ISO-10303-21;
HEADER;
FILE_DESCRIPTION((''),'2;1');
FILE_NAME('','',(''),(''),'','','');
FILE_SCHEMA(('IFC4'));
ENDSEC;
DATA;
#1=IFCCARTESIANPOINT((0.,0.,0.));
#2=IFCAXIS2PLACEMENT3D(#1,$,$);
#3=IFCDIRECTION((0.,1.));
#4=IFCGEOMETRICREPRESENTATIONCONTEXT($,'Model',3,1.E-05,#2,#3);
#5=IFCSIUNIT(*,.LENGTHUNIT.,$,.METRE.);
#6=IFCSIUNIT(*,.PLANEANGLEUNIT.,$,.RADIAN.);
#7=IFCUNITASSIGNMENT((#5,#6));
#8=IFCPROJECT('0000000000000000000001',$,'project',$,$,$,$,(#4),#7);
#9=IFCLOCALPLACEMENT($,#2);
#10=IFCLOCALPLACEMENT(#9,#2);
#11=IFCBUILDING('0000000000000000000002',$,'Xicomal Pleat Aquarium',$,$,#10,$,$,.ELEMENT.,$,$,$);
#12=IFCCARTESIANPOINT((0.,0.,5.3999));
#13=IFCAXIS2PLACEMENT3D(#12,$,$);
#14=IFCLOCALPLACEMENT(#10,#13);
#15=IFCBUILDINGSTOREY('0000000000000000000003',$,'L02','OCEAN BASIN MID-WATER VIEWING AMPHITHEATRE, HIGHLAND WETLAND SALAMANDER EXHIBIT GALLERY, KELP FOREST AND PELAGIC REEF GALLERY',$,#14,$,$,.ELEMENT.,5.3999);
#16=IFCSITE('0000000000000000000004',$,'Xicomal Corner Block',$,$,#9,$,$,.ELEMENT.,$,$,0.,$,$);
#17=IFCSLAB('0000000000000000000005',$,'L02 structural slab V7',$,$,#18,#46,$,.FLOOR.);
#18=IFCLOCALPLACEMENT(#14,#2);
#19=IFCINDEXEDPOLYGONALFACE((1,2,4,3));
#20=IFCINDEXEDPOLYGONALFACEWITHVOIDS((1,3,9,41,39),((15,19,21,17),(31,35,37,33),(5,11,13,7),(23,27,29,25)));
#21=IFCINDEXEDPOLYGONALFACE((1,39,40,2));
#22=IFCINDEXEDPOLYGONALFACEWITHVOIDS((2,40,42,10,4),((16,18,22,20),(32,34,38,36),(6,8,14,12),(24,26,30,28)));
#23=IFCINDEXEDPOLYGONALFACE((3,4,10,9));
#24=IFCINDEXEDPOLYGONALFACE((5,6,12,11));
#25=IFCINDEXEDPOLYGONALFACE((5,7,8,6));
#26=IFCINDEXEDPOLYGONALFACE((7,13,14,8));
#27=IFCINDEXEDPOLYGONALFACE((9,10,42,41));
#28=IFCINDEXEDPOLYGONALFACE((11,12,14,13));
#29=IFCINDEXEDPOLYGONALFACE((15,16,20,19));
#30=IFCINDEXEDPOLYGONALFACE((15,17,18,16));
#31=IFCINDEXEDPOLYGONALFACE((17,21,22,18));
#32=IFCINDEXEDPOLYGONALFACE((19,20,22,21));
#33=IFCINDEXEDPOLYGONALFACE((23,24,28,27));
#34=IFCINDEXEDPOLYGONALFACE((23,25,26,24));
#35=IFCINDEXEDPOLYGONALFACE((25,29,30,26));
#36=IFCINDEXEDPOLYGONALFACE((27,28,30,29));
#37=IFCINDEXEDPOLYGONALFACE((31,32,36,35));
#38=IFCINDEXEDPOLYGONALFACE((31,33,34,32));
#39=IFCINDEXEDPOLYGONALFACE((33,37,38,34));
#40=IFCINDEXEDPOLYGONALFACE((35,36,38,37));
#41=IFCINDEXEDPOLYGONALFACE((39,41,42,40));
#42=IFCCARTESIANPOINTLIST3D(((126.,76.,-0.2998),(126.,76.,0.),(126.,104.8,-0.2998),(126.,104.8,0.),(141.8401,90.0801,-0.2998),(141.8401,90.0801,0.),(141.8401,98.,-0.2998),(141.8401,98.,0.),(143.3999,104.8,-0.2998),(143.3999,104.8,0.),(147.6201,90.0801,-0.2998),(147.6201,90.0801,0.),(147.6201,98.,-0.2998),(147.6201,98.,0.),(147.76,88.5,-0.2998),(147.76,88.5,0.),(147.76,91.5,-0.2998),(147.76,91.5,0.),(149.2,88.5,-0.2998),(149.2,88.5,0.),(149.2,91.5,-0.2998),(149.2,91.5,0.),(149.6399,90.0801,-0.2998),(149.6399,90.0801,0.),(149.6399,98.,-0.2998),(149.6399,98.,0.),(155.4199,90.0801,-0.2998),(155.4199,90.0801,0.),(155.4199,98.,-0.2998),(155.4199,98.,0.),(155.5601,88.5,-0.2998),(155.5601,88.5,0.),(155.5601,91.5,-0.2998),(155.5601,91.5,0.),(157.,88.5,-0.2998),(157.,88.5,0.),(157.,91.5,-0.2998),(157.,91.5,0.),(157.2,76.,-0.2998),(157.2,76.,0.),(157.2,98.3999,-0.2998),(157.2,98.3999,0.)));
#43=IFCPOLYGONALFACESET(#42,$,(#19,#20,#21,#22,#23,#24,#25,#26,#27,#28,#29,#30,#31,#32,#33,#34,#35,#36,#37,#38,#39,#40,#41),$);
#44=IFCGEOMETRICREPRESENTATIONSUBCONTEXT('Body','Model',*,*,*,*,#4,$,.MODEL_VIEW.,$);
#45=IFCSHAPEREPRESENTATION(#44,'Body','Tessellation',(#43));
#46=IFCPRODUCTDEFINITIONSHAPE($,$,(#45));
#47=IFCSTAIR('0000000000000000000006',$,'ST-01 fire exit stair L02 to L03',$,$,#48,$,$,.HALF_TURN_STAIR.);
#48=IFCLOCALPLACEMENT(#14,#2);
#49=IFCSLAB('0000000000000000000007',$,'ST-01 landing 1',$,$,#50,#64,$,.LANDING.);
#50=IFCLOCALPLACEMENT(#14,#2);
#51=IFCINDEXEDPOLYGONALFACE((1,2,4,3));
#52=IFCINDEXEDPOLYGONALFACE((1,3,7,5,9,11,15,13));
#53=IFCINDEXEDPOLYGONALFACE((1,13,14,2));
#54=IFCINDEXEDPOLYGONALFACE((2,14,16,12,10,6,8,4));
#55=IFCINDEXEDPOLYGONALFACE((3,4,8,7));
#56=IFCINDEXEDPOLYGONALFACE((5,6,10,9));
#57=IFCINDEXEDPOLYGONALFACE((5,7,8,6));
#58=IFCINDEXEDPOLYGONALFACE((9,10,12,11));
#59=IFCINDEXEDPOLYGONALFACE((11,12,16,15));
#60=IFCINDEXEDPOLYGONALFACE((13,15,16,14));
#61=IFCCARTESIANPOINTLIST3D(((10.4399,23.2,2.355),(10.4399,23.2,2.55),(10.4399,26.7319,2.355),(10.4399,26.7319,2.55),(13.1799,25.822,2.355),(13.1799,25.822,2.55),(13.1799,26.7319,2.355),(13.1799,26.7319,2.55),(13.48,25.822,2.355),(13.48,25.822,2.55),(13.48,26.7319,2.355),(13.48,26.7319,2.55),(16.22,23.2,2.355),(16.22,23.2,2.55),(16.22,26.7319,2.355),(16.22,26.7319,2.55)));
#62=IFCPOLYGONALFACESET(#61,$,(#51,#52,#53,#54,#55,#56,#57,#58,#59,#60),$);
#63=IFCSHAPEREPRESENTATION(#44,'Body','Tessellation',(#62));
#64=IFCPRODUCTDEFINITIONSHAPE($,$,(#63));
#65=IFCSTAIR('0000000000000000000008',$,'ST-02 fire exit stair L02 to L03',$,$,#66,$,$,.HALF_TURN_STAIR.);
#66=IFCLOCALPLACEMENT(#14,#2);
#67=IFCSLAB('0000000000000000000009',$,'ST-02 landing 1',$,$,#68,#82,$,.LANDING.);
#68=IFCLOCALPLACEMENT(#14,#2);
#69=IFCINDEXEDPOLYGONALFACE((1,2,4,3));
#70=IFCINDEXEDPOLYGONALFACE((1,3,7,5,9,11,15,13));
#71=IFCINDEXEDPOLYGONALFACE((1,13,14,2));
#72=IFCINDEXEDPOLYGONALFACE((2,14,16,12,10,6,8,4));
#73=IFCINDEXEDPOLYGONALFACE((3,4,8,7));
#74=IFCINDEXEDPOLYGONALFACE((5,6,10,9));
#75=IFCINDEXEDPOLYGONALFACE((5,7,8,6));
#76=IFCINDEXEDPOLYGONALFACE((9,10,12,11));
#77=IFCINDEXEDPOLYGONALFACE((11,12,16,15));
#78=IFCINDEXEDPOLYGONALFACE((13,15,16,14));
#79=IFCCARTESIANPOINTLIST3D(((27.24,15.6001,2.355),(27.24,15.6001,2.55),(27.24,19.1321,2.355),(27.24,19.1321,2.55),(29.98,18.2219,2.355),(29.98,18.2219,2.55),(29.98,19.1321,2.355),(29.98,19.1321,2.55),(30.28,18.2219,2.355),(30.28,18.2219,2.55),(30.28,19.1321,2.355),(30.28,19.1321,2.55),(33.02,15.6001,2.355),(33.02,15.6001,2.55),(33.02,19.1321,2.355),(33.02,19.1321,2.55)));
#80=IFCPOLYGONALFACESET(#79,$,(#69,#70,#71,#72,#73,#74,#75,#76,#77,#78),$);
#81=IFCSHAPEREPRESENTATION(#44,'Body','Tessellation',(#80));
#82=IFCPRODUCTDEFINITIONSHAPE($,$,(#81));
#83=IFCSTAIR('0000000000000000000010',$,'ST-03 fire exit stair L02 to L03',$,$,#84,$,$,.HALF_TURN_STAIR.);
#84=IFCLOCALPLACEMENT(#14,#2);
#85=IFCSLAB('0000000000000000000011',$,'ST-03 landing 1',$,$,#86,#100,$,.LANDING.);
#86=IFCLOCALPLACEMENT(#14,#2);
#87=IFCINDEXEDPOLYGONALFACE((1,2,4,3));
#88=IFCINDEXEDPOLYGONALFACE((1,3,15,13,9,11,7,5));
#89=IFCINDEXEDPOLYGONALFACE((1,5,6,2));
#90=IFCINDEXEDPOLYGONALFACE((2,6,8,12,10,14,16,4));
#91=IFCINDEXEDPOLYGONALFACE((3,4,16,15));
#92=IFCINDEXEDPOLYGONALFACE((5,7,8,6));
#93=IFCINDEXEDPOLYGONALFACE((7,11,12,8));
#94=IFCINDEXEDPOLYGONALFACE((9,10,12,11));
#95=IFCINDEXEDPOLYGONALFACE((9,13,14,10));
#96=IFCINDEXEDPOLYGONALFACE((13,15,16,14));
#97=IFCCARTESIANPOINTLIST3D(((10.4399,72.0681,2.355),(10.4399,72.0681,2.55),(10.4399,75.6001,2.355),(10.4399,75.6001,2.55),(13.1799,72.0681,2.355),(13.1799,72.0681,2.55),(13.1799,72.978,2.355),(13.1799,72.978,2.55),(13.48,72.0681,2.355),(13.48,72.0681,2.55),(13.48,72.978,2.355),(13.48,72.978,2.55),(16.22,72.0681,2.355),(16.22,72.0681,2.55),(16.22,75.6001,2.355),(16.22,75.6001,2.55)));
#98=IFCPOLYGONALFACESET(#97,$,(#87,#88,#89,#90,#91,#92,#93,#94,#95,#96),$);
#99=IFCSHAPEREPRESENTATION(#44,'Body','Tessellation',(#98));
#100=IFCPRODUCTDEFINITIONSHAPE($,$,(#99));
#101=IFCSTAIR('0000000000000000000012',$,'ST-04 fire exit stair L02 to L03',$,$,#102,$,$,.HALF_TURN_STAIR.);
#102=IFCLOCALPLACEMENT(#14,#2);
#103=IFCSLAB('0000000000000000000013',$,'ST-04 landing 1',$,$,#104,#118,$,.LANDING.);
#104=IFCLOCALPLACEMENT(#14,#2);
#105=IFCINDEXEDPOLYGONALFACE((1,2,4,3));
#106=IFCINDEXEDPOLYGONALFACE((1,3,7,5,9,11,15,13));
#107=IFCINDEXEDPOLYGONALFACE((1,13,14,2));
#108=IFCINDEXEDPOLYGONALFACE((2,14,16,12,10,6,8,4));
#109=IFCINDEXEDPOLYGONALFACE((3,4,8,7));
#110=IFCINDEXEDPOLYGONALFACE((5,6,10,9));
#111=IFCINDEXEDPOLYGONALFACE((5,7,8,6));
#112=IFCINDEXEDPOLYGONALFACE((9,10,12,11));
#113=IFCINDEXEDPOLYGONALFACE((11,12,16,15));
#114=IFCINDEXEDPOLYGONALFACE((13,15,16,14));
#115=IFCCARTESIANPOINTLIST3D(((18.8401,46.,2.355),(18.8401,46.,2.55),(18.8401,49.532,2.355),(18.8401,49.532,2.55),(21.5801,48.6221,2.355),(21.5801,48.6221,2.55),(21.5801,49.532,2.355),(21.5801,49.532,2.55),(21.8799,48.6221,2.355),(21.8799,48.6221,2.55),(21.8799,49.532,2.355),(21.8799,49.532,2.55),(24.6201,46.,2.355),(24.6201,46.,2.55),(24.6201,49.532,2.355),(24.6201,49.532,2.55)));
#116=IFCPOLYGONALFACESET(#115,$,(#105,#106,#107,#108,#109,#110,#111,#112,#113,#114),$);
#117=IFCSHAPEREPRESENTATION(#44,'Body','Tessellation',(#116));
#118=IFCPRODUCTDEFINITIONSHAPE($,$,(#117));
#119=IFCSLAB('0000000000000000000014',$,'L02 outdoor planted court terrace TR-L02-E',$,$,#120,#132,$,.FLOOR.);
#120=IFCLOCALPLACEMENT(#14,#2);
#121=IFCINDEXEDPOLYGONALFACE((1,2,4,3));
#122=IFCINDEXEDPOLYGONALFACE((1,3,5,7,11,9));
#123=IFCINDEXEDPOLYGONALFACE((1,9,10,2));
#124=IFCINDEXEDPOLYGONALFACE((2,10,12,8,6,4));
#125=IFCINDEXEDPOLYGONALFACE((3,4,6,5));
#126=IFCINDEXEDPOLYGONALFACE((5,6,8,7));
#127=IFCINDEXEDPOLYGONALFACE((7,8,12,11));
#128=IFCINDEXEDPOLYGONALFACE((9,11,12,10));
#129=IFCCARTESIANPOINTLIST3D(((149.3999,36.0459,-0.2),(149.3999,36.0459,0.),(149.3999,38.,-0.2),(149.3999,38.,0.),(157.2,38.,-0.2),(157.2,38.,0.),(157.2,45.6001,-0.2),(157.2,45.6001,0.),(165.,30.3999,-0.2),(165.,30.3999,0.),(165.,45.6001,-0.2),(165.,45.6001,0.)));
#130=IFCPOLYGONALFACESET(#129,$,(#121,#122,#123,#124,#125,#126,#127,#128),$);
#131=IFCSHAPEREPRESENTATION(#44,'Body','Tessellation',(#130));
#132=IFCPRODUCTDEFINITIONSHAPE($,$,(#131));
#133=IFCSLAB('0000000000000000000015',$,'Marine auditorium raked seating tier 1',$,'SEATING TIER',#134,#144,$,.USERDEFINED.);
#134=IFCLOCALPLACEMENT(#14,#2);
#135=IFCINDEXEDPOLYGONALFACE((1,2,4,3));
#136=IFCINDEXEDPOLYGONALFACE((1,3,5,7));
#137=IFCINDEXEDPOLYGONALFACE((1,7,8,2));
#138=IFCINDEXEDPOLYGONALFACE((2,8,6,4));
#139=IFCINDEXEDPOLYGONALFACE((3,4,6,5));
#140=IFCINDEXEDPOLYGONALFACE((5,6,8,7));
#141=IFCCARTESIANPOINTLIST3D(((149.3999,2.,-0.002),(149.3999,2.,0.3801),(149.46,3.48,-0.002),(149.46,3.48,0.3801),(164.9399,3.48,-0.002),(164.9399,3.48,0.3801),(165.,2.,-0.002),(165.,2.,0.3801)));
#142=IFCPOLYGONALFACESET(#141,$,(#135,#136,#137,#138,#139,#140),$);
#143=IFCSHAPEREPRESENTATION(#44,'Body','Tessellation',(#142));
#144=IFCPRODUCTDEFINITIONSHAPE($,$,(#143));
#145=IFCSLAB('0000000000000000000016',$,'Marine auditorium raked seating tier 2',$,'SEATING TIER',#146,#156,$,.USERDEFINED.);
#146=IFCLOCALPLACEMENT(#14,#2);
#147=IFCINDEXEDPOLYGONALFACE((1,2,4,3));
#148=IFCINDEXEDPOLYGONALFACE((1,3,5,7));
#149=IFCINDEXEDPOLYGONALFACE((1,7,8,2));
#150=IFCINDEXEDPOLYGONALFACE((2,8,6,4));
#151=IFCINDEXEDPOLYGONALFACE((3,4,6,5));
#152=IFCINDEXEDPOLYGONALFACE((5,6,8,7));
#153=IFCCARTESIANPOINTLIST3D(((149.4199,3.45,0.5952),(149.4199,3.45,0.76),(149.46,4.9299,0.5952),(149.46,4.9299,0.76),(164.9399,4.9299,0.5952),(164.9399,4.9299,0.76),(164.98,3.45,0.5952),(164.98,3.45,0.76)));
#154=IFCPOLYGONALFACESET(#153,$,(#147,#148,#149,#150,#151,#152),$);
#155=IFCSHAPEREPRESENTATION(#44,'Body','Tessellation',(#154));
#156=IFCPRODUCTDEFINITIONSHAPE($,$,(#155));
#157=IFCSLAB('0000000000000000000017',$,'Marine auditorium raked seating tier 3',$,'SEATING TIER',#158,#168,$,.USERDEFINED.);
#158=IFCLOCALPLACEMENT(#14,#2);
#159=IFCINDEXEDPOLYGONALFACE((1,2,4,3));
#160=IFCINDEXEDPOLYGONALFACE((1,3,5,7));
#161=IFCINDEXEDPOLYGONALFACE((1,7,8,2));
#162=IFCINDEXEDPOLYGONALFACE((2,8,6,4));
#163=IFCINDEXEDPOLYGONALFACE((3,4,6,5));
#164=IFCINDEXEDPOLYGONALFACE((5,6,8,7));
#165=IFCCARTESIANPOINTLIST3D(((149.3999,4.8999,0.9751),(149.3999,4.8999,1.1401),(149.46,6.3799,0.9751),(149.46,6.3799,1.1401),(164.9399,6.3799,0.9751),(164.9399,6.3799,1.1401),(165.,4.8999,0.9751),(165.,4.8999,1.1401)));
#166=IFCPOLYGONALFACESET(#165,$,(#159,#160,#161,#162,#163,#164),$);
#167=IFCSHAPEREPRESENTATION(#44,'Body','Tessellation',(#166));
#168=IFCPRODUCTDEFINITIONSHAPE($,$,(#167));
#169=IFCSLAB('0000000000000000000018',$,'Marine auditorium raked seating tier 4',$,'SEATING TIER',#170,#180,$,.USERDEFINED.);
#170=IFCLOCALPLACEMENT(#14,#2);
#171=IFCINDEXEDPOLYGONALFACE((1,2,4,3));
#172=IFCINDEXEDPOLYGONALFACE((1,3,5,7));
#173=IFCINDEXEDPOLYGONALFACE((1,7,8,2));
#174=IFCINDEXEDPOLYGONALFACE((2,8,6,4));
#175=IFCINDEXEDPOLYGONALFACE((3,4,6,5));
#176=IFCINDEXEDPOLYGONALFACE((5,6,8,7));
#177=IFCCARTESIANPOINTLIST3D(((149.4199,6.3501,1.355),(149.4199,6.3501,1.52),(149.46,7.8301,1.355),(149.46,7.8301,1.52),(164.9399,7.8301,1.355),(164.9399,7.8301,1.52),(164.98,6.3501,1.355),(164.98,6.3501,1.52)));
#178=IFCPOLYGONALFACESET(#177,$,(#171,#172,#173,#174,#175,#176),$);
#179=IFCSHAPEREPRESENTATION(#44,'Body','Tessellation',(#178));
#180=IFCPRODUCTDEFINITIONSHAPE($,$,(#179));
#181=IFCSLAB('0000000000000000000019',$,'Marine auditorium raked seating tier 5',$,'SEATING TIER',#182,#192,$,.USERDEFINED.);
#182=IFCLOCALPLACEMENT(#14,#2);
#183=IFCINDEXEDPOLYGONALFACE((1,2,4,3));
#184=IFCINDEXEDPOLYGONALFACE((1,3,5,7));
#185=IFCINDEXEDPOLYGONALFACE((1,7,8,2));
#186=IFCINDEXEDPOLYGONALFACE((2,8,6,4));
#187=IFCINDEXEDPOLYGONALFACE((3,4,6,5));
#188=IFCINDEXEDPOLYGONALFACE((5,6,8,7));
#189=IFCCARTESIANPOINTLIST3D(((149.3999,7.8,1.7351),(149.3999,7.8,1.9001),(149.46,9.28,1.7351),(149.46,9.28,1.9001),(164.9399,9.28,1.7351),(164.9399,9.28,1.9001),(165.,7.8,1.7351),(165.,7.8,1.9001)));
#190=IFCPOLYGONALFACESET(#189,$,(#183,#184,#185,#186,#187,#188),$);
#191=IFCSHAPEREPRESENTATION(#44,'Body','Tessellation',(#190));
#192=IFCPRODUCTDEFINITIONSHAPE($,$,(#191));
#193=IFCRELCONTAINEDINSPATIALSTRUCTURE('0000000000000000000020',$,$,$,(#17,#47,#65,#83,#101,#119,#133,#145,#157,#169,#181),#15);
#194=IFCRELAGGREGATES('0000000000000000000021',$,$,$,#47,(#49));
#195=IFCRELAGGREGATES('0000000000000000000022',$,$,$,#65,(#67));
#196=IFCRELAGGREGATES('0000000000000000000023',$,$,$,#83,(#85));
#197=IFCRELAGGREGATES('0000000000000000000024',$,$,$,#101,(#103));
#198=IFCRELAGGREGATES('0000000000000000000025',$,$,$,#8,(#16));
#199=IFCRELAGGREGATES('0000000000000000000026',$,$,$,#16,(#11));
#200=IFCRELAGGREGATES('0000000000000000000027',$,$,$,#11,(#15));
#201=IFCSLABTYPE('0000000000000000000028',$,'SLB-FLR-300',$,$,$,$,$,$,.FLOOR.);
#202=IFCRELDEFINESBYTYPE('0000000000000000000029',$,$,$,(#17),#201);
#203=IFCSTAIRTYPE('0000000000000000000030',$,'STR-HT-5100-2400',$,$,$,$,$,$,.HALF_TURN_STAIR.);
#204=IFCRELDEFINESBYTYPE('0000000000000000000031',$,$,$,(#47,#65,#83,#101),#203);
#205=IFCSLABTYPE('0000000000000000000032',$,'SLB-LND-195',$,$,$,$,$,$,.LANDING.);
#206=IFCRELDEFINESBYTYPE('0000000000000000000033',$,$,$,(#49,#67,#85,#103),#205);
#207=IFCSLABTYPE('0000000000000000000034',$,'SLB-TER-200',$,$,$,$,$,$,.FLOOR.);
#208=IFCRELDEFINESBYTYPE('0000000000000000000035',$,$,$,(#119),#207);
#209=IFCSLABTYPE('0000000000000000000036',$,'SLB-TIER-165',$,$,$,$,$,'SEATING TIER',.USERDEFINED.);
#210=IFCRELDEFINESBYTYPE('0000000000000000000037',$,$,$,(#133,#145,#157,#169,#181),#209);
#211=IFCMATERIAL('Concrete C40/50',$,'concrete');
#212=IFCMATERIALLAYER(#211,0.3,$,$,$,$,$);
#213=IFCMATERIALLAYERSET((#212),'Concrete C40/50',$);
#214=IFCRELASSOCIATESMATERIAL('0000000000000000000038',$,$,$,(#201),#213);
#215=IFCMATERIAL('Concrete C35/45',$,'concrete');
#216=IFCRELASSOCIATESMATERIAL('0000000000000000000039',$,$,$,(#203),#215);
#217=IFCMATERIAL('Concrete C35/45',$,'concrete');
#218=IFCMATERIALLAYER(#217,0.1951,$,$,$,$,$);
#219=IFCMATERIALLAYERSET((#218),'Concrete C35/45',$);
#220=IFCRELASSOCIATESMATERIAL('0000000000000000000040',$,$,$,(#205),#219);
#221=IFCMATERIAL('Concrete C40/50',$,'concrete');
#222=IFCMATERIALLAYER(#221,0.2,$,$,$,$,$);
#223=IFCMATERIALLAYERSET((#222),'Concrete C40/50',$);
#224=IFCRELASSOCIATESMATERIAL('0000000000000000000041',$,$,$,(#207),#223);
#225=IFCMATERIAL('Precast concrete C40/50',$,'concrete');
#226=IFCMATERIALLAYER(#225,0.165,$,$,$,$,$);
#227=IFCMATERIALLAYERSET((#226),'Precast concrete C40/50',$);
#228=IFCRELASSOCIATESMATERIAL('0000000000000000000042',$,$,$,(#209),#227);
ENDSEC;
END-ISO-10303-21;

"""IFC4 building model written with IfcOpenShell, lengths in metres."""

from ifc_helpers import new_model, si_unit, direction, frame, origin, place, context, subcontext, project, spatial, polyline, outline, extrude, material, layer, layer_set, type_object, element, aggregate, save


model = new_model("IFC4")

# Units and contexts
model_context = context("Model", 3, precision=1e-05, world=origin(), true_north=direction((0.0, 1.0)))
body_context = subcontext(model_context, "Body", "Model", "MODEL_VIEW")
ifc_project = project(units=[si_unit("LENGTHUNIT", "METRE"), si_unit("PLANEANGLEUNIT", "RADIAN")], contexts=[model_context])

# Site, building, storey
site_placement = place(None, origin())
site = spatial("IfcSite", under=ifc_project, at=site_placement, Name="Xicomal Corner Block", CompositionType="ELEMENT", RefElevation=0.0)
building_placement = place(site_placement, origin())
building = spatial("IfcBuilding", under=site, at=building_placement, Name="Xicomal Pleat Aquarium", CompositionType="ELEMENT")
storey_placement = place(building_placement, frame((0.0, 0.0, 5.3999)))
storey = spatial("IfcBuildingStorey", under=building, at=storey_placement, Name="L02", Description="OCEAN BASIN MID-WATER VIEWING AMPHITHEATRE, HIGHLAND WETLAND SALAMANDER EXHIBIT GALLERY, KELP FOREST AND PELAGIC REEF GALLERY", CompositionType="ELEMENT", Elevation=5.3999)

# Slab
ifc_material_1 = material(Name="Concrete C40/50", Category="concrete")
ifc_layer_1 = layer(ifc_material_1, 0.3)
ifc_layer_set_1 = layer_set([ifc_layer_1], Name="Concrete C40/50")
slab_type_1 = type_object("IfcSlabType", Name="SLB-FLR-300", PredefinedType="FLOOR", material=ifc_layer_set_1)
slab_1_placement = place(storey_placement, frame((0.0, 0.0, -0.2998)))
element("IfcSlab", 1, at=slab_1_placement, inside=storey, type_object=slab_type_1, Name="L02 structural slab V7", PredefinedType="FLOOR", context=body_context, shape_type="SweptSolid", body=[
    extrude(outline(polyline([(126.0, 104.8), (143.3999, 104.8), (157.2, 98.3999), (157.2, 76.0), (126.0, 76.0), (126.0, 104.8)]), holes=[polyline([(141.8401, 90.0801), (147.6201, 90.0801), (147.6201, 98.0), (141.8401, 98.0), (141.8401, 90.0801)]), polyline([(147.76, 88.5), (149.2, 88.5), (149.2, 91.5), (147.76, 91.5), (147.76, 88.5)]), polyline([(149.6399, 90.0801), (155.4199, 90.0801), (155.4199, 98.0), (149.6399, 98.0), (149.6399, 90.0801)]), polyline([(155.5601, 88.5), (157.0, 88.5), (157.0, 91.5), (155.5601, 91.5), (155.5601, 88.5)])]), origin(), (0.0, 0.0, 1.0), 0.2998),
])

# Stairs, slabs
ifc_material_2 = material(Name="Concrete C35/45", Category="concrete")
stair_type = type_object("IfcStairType", Name="STR-HT-5100-2400", PredefinedType="HALF_TURN_STAIR", material=ifc_material_2)
stair_1_placement = place(storey_placement, origin())
stair_1 = element("IfcStair", 2, at=stair_1_placement, inside=storey, type_object=stair_type, Name="ST-01 fire exit stair L02 to L03", PredefinedType="HALF_TURN_STAIR")
ifc_material_3 = material(Name="Concrete C35/45", Category="concrete")
ifc_layer_2 = layer(ifc_material_3, 0.1951)
ifc_layer_set_2 = layer_set([ifc_layer_2], Name="Concrete C35/45")
slab_type_2 = type_object("IfcSlabType", Name="SLB-LND-195", PredefinedType="LANDING", material=ifc_layer_set_2)
slab_2_placement = place(storey_placement, frame((0.0, 0.0, 2.355)))
slab_2 = element("IfcSlab", 3, at=slab_2_placement, type_object=slab_type_2, Name="ST-01 landing 1", PredefinedType="LANDING", context=body_context, shape_type="SweptSolid", body=[
    extrude(outline(polyline([(10.4399, 23.2), (16.22, 23.2), (16.22, 26.7319), (13.48, 26.7319), (13.48, 25.822), (13.1799, 25.822), (13.1799, 26.7319), (10.4399, 26.7319), (10.4399, 23.2)])), origin(), (0.0, 0.0, 1.0), 0.1951),
])
aggregate(stair_1, [slab_2])
stair_2_placement = place(storey_placement, origin())
stair_2 = element("IfcStair", 4, at=stair_2_placement, inside=storey, type_object=stair_type, Name="ST-02 fire exit stair L02 to L03", PredefinedType="HALF_TURN_STAIR")
slab_3_placement = place(storey_placement, frame((0.0, 0.0, 2.355)))
slab_3 = element("IfcSlab", 5, at=slab_3_placement, type_object=slab_type_2, Name="ST-02 landing 1", PredefinedType="LANDING", context=body_context, shape_type="SweptSolid", body=[
    extrude(outline(polyline([(27.24, 15.6001), (33.02, 15.6001), (33.02, 19.1321), (30.28, 19.1321), (30.28, 18.2219), (29.98, 18.2219), (29.98, 19.1321), (27.24, 19.1321), (27.24, 15.6001)])), origin(), (0.0, 0.0, 1.0), 0.1951),
])
aggregate(stair_2, [slab_3])
stair_3_placement = place(storey_placement, origin())
stair_3 = element("IfcStair", 6, at=stair_3_placement, inside=storey, type_object=stair_type, Name="ST-03 fire exit stair L02 to L03", PredefinedType="HALF_TURN_STAIR")
slab_4_placement = place(storey_placement, frame((0.0, 0.0, 2.355)))
slab_4 = element("IfcSlab", 7, at=slab_4_placement, type_object=slab_type_2, Name="ST-03 landing 1", PredefinedType="LANDING", context=body_context, shape_type="SweptSolid", body=[
    extrude(outline(polyline([(10.4399, 75.6001), (16.22, 75.6001), (16.22, 72.0681), (13.48, 72.0681), (13.48, 72.978), (13.1799, 72.978), (13.1799, 72.0681), (10.4399, 72.0681), (10.4399, 75.6001)])), origin(), (0.0, 0.0, 1.0), 0.1951),
])
aggregate(stair_3, [slab_4])
stair_4_placement = place(storey_placement, origin())
stair_4 = element("IfcStair", 8, at=stair_4_placement, inside=storey, type_object=stair_type, Name="ST-04 fire exit stair L02 to L03", PredefinedType="HALF_TURN_STAIR")
slab_5_placement = place(storey_placement, frame((0.0, 0.0, 2.355)))
slab_5 = element("IfcSlab", 9, at=slab_5_placement, type_object=slab_type_2, Name="ST-04 landing 1", PredefinedType="LANDING", context=body_context, shape_type="SweptSolid", body=[
    extrude(outline(polyline([(18.8401, 46.0), (24.6201, 46.0), (24.6201, 49.532), (21.8799, 49.532), (21.8799, 48.6221), (21.5801, 48.6221), (21.5801, 49.532), (18.8401, 49.532), (18.8401, 46.0)])), origin(), (0.0, 0.0, 1.0), 0.1951),
])
aggregate(stair_4, [slab_5])

# Slabs
ifc_material_4 = material(Name="Concrete C40/50", Category="concrete")
ifc_layer_3 = layer(ifc_material_4, 0.2)
ifc_layer_set_3 = layer_set([ifc_layer_3], Name="Concrete C40/50")
slab_type_3 = type_object("IfcSlabType", Name="SLB-TER-200", PredefinedType="FLOOR", material=ifc_layer_set_3)
slab_6_placement = place(storey_placement, frame((0.0, 0.0, -0.2)))
element("IfcSlab", 10, at=slab_6_placement, inside=storey, type_object=slab_type_3, Name="L02 outdoor planted court terrace TR-L02-E", PredefinedType="FLOOR", context=body_context, shape_type="SweptSolid", body=[
    extrude(outline(polyline([(149.3999, 38.0), (157.2, 38.0), (157.2, 45.6001), (165.0, 45.6001), (165.0, 30.3999), (149.3999, 36.0459), (149.3999, 38.0)])), origin(), (0.0, 0.0, 1.0), 0.2),
])
ifc_material_5 = material(Name="Precast concrete C40/50", Category="concrete")
ifc_layer_4 = layer(ifc_material_5, 0.165)
ifc_layer_set_4 = layer_set([ifc_layer_4], Name="Precast concrete C40/50")
slab_type_4 = type_object("IfcSlabType", Name="SLB-TIER-165", ElementType="SEATING TIER", PredefinedType="USERDEFINED", material=ifc_layer_set_4)
slab_7_placement = place(storey_placement, frame((0.0, 0.0, -0.002)))
element("IfcSlab", 11, at=slab_7_placement, inside=storey, type_object=slab_type_4, Name="Marine auditorium raked seating tier 1", ObjectType="SEATING TIER", PredefinedType="USERDEFINED", context=body_context, shape_type="SweptSolid", body=[
    extrude(outline(polyline([(149.3999, 2.0), (165.0, 2.0), (164.9399, 3.48), (149.46, 3.48), (149.3999, 2.0)])), origin(), (0.0, 0.0, 1.0), 0.3821),
])
slab_8_placement = place(storey_placement, frame((0.0, 0.0, 0.5952)))
element("IfcSlab", 12, at=slab_8_placement, inside=storey, type_object=slab_type_4, Name="Marine auditorium raked seating tier 2", ObjectType="SEATING TIER", PredefinedType="USERDEFINED", context=body_context, shape_type="SweptSolid", body=[
    extrude(outline(polyline([(149.4199, 3.45), (164.98, 3.45), (164.9399, 4.9299), (149.46, 4.9299), (149.4199, 3.45)])), origin(), (0.0, 0.0, 1.0), 0.1648),
])
slab_9_placement = place(storey_placement, frame((0.0, 0.0, 0.9751)))
element("IfcSlab", 13, at=slab_9_placement, inside=storey, type_object=slab_type_4, Name="Marine auditorium raked seating tier 3", ObjectType="SEATING TIER", PredefinedType="USERDEFINED", context=body_context, shape_type="SweptSolid", body=[
    extrude(outline(polyline([(149.3999, 4.8999), (165.0, 4.8999), (164.9399, 6.3799), (149.46, 6.3799), (149.3999, 4.8999)])), origin(), (0.0, 0.0, 1.0), 0.165),
])
slab_10_placement = place(storey_placement, frame((0.0, 0.0, 1.355)))
element("IfcSlab", 14, at=slab_10_placement, inside=storey, type_object=slab_type_4, Name="Marine auditorium raked seating tier 4", ObjectType="SEATING TIER", PredefinedType="USERDEFINED", context=body_context, shape_type="SweptSolid", body=[
    extrude(outline(polyline([(149.4199, 6.3501), (164.98, 6.3501), (164.9399, 7.8301), (149.46, 7.8301), (149.4199, 6.3501)])), origin(), (0.0, 0.0, 1.0), 0.165),
])
slab_11_placement = place(storey_placement, frame((0.0, 0.0, 1.7351)))
element("IfcSlab", 15, at=slab_11_placement, inside=storey, type_object=slab_type_4, Name="Marine auditorium raked seating tier 5", ObjectType="SEATING TIER", PredefinedType="USERDEFINED", context=body_context, shape_type="SweptSolid", body=[
    extrude(outline(polyline([(149.3999, 7.8), (165.0, 7.8), (164.9399, 9.28), (149.46, 9.28), (149.3999, 7.8)])), origin(), (0.0, 0.0, 1.0), 0.165),
])

save(model, "model.ifc")
